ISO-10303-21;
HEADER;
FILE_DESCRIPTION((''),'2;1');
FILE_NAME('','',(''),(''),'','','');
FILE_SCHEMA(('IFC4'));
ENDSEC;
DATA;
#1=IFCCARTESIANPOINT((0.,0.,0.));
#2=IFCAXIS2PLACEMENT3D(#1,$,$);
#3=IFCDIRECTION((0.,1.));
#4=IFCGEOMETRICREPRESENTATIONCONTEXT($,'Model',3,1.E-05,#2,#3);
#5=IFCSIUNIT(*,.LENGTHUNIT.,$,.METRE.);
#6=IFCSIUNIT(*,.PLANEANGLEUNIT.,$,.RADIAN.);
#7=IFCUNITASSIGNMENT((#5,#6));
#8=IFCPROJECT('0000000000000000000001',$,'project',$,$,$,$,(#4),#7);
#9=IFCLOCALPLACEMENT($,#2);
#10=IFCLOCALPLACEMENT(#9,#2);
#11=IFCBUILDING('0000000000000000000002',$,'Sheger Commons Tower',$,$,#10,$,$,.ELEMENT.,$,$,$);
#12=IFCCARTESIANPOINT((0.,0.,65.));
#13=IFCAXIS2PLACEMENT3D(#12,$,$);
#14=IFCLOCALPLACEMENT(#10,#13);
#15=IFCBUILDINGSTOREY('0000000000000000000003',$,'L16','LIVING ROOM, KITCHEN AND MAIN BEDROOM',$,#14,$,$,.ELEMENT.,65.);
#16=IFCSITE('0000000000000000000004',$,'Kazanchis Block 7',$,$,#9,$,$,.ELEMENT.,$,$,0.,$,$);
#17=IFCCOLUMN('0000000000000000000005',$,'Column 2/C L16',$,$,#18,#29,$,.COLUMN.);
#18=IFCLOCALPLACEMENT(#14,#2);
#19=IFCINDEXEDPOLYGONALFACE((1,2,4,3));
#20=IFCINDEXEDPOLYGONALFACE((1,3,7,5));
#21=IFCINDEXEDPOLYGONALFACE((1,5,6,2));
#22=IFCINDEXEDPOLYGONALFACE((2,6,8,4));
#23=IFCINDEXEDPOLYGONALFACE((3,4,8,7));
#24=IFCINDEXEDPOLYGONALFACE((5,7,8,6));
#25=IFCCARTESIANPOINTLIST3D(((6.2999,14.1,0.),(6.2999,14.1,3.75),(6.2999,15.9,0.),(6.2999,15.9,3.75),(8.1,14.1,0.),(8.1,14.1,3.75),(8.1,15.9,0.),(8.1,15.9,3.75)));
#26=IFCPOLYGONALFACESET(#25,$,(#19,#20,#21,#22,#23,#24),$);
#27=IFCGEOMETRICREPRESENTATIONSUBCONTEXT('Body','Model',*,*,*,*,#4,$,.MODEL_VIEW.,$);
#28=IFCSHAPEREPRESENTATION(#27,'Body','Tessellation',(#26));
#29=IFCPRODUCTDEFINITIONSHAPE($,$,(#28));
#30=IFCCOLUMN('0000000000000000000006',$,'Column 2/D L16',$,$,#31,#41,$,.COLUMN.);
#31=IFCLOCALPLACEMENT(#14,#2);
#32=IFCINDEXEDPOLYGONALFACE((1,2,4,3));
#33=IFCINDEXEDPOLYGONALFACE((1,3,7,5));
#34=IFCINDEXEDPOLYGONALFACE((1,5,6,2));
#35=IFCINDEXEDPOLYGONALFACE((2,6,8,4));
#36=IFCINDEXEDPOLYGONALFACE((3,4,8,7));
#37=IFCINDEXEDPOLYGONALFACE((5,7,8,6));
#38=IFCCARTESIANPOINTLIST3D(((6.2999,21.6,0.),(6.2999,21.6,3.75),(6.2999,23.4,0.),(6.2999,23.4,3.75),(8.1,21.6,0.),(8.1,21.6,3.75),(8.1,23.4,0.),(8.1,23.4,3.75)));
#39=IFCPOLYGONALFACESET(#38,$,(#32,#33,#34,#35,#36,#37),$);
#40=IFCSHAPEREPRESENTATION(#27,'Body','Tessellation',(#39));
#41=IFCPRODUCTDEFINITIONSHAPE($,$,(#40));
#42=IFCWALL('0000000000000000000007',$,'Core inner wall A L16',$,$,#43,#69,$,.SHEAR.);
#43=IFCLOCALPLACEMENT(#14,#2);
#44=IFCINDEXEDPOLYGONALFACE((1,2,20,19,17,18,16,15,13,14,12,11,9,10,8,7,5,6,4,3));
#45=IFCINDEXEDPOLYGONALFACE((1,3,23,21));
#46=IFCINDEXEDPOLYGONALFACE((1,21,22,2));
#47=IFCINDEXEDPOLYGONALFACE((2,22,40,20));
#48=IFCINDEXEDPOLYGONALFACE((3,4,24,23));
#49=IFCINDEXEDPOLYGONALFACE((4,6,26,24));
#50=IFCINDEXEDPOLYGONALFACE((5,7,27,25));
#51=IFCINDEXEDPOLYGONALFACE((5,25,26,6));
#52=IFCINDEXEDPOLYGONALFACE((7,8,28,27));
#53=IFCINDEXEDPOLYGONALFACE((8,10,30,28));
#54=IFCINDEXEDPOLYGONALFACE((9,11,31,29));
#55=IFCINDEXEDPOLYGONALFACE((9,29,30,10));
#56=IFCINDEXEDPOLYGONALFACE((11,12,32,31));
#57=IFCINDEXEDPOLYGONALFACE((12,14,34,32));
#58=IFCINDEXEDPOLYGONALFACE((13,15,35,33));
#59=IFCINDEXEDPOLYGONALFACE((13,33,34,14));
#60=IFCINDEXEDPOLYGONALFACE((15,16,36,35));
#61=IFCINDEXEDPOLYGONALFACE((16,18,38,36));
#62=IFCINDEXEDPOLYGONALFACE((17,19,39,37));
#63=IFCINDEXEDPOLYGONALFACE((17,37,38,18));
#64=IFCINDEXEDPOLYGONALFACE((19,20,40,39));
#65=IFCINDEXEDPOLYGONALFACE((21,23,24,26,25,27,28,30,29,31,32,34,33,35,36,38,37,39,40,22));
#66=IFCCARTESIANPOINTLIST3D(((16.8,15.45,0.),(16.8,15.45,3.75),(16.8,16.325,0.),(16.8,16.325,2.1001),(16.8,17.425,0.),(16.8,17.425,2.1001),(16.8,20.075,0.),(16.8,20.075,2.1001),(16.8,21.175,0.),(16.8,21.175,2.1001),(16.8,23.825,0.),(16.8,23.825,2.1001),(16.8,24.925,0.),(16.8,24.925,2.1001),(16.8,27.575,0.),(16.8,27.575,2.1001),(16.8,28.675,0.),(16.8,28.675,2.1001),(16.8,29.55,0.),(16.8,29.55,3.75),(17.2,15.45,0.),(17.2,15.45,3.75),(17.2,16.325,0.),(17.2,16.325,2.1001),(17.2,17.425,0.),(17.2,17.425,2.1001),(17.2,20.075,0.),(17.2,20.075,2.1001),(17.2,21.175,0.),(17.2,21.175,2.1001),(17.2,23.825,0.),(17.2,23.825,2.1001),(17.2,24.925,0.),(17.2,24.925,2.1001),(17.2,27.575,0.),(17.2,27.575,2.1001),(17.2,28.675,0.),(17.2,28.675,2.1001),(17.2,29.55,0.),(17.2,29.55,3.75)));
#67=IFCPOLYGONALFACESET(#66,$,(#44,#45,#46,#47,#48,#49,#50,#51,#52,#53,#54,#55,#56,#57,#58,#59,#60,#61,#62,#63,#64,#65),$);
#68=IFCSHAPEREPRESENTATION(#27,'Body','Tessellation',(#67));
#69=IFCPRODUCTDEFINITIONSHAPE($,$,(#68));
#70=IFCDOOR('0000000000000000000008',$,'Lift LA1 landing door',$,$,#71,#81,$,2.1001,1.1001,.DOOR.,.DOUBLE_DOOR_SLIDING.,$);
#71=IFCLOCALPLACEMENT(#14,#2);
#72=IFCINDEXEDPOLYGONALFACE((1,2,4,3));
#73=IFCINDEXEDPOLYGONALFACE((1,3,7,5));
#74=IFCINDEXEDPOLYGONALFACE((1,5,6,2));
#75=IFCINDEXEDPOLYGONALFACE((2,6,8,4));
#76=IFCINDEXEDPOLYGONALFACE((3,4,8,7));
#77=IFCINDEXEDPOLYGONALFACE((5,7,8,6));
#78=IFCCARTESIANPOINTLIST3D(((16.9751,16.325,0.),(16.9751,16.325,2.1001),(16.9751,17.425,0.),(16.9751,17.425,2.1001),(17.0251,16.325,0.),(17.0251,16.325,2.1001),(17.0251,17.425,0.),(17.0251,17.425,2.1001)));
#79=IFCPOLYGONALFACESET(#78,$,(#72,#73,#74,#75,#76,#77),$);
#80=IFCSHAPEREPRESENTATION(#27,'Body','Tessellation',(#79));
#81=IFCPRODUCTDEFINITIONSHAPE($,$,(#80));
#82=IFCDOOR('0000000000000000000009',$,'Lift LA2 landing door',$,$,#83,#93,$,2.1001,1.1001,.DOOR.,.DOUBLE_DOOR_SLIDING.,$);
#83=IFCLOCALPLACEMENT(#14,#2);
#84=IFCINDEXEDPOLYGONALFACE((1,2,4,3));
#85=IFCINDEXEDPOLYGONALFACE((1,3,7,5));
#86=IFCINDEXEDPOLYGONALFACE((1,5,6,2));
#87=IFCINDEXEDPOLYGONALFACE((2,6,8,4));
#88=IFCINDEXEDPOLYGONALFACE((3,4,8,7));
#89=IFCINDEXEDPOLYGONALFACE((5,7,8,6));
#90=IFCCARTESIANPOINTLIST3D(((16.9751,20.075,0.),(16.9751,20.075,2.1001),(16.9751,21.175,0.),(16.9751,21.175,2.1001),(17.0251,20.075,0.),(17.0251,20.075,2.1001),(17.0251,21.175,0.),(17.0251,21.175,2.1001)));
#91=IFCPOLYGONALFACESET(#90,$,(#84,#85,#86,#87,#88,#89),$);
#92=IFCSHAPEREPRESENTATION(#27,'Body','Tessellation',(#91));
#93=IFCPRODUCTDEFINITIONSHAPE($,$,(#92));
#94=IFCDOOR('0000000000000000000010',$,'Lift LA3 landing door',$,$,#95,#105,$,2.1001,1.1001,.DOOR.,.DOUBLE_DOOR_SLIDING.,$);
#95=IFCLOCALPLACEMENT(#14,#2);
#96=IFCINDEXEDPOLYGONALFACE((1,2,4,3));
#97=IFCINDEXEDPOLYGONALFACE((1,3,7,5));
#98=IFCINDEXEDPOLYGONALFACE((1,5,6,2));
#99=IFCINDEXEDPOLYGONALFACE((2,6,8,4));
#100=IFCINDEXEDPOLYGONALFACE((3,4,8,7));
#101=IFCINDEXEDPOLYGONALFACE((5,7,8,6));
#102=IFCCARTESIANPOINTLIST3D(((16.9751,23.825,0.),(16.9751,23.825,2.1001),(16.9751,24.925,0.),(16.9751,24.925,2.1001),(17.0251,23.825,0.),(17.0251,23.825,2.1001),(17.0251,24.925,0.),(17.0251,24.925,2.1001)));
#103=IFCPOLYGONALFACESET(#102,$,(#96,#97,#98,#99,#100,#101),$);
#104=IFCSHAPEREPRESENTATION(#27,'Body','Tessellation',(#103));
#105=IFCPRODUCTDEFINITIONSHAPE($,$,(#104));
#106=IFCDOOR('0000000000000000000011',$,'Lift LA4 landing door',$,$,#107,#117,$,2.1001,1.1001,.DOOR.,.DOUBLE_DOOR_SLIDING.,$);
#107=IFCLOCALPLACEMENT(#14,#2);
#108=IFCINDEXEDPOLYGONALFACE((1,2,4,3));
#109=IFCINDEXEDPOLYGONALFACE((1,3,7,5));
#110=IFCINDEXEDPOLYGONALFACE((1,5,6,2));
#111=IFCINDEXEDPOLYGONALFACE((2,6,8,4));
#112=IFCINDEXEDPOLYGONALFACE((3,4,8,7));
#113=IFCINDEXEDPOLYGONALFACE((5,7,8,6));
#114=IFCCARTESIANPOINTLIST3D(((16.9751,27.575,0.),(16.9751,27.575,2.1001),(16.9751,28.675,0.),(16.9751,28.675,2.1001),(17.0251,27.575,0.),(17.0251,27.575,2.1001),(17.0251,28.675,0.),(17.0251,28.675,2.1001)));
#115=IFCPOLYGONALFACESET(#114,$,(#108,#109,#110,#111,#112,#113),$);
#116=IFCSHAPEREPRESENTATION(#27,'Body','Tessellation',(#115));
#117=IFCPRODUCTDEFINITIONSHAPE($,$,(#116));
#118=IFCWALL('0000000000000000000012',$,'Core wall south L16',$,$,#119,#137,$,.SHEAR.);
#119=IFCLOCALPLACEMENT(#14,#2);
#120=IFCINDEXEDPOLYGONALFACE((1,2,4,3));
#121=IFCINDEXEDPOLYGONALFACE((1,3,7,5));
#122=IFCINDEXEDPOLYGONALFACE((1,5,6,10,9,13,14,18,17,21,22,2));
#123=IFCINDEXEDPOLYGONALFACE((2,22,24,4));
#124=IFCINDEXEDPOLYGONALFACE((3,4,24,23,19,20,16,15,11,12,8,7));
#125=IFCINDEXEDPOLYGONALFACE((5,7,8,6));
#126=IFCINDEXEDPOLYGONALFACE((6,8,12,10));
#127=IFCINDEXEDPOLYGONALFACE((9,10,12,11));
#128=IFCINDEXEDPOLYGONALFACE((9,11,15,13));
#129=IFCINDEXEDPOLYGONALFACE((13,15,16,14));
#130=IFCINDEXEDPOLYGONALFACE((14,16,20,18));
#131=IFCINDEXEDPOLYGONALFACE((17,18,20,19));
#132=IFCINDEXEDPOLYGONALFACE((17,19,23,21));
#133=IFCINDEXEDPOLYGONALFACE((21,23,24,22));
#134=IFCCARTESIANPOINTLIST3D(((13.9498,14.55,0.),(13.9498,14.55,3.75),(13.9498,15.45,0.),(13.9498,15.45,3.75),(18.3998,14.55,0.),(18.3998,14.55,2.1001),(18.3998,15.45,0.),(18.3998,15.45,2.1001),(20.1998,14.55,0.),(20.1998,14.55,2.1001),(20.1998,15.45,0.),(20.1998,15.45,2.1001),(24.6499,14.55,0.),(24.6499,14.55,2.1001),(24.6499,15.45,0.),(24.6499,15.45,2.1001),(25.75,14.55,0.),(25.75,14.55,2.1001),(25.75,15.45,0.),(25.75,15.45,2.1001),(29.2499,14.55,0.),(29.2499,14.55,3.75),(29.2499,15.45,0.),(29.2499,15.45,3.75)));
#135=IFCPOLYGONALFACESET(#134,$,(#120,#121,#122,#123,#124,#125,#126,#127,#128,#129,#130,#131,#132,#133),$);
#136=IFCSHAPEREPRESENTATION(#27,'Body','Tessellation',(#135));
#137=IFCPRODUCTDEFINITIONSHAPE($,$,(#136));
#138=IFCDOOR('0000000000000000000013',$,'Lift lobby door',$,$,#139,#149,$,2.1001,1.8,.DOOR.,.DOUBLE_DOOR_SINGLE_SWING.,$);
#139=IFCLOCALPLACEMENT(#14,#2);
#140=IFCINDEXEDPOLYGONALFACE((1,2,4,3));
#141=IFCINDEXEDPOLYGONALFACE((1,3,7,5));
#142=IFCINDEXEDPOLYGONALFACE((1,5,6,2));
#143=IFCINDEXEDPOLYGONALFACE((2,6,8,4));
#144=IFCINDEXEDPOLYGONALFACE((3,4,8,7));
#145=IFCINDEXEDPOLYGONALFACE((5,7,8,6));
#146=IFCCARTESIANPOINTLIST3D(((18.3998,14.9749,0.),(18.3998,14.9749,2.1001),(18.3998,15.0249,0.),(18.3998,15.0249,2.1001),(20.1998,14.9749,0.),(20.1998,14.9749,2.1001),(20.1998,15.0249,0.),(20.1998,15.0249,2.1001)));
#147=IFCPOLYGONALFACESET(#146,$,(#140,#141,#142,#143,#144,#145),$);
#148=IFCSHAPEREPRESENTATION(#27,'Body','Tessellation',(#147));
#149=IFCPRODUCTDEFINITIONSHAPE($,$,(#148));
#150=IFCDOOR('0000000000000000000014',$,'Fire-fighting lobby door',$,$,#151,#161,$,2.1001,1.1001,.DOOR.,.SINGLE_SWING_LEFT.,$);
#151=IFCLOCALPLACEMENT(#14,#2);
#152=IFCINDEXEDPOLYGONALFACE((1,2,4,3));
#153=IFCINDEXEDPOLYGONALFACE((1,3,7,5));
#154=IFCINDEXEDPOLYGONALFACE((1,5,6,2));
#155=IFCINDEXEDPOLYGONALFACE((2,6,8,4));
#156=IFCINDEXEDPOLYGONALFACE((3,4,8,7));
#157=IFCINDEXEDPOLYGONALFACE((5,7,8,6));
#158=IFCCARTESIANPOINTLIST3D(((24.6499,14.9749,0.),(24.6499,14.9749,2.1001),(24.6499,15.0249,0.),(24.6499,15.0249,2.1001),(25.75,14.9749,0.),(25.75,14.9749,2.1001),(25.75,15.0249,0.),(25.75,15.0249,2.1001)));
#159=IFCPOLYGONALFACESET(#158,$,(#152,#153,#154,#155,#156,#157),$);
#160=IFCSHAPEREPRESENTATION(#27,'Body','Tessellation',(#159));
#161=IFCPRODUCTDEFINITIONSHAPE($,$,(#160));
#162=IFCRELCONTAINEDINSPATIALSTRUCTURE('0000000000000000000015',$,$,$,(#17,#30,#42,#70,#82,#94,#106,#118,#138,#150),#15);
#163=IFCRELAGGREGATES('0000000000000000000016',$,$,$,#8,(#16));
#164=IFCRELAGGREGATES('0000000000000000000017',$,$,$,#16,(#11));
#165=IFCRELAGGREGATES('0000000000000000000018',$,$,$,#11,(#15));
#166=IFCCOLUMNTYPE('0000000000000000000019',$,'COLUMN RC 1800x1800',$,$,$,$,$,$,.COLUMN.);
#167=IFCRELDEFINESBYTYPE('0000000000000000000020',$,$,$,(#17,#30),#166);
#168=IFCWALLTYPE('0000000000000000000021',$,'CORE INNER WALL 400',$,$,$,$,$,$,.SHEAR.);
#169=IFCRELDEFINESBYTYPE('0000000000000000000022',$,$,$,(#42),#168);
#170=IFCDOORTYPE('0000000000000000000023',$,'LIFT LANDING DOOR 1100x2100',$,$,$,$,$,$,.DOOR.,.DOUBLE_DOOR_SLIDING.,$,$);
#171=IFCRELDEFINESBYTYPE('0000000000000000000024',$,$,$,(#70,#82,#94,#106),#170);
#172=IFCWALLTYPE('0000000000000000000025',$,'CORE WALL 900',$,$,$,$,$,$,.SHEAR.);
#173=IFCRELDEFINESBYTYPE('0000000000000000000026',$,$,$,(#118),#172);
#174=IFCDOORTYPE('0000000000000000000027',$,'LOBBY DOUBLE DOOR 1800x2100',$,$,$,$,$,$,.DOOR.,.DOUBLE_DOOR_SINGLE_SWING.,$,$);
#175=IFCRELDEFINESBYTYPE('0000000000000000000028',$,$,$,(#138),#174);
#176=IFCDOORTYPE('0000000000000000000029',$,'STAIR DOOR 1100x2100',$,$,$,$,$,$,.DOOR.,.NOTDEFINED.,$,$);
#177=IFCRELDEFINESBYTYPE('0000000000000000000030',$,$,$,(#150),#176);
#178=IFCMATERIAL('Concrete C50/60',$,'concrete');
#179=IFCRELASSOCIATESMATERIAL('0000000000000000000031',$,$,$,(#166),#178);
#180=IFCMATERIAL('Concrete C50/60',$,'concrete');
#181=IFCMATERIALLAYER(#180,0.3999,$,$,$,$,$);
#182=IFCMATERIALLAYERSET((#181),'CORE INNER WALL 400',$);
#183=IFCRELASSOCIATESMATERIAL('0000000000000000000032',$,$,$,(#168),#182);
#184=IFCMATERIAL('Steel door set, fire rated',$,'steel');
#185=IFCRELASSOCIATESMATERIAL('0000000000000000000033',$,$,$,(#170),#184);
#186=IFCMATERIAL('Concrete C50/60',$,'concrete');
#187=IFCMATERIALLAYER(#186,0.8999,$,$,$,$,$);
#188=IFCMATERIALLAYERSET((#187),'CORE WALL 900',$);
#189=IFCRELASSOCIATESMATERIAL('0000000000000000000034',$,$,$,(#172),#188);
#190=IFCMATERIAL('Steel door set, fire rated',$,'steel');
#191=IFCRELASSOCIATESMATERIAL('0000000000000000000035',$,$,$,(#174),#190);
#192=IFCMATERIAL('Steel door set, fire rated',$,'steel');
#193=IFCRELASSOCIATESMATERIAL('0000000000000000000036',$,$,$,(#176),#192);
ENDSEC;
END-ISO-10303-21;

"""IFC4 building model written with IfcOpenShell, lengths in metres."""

from ifc_helpers import new_model, si_unit, direction, frame, frame_2d, origin, origin_2d, place, context, subcontext, project, spatial, rectangle, extrude, material, layer, layer_set, material_profile, profile_set, type_object, element, fill, save


model = new_model("IFC4")

# Units and contexts
model_context = context("Model", 3, precision=1e-05, world=origin(), true_north=direction((0.0, 1.0)))
body_context = subcontext(model_context, "Body", "Model", "MODEL_VIEW")
ifc_project = project(units=[si_unit("LENGTHUNIT", "METRE"), si_unit("PLANEANGLEUNIT", "RADIAN")], contexts=[model_context])

# Site, building, storey
site_placement = place(None, origin())
site = spatial("IfcSite", under=ifc_project, at=site_placement, Name="Kazanchis Block 7", CompositionType="ELEMENT", RefElevation=0.0)
building_placement = place(site_placement, origin())
building = spatial("IfcBuilding", under=site, at=building_placement, Name="Sheger Commons Tower", CompositionType="ELEMENT")
storey_placement = place(building_placement, frame((0.0, 0.0, 65.0)))
storey = spatial("IfcBuildingStorey", under=building, at=storey_placement, Name="L16", Description="LIVING ROOM, KITCHEN AND MAIN BEDROOM", CompositionType="ELEMENT", Elevation=65.0)

# Columns
ifc_material_1 = material(Name="Concrete C50/60", Category="concrete")
ifc_material_profile = material_profile(ifc_material_1, rectangle(XDim=1.8, YDim=1.8, at=origin_2d()), Name="RC 1800x1800")
ifc_profile_set = profile_set([ifc_material_profile], Name="Concrete C50/60")
column_type = type_object("IfcColumnType", Name="COLUMN RC 1800x1800", PredefinedType="COLUMN", material=ifc_profile_set)
for number, where, z_axis, x_axis, name in (
    (1, (7.2, 15.0, 0.0), (0.0, 0.0, 1.0), (1.0, 0.0, 0.0), "Column 2/C L16"),
    (2, (7.2, 22.5, 0.0), (0.0, 0.0, 1.0), (1.0, 0.0, 0.0), "Column 2/D L16"),
):
    element("IfcColumn", number, at=place(storey_placement, frame(where, z_axis=z_axis, x_axis=x_axis)), inside=storey, type_object=column_type, Name=name, PredefinedType="COLUMN", context=body_context, shape_type="SweptSolid", body=[
        extrude(rectangle(XDim=1.8, YDim=1.8, at=origin_2d()), origin(), (0.0, 0.0, 1.0), 3.75),
    ])

# Walls, openings, doors
ifc_material_2 = material(Name="Concrete C50/60", Category="concrete")
ifc_layer_1 = layer(ifc_material_2, 0.3999)
ifc_layer_set_1 = layer_set([ifc_layer_1], Name="CORE INNER WALL 400")
wall_type_1 = type_object("IfcWallType", Name="CORE INNER WALL 400", PredefinedType="SHEAR", material=ifc_layer_set_1)
wall_1_placement = place(storey_placement, frame((17.0, 15.45, 0.0), z_axis=(0.0, 0.0, 1.0), x_axis=(0.0, 1.0, 0.0)))
wall_1 = element("IfcWall", 3, at=wall_1_placement, inside=storey, type_object=wall_type_1, Name="Core inner wall A L16", PredefinedType="SHEAR", context=body_context, shape_type="SweptSolid", body=[
    extrude(rectangle(XDim=14.1001, YDim=0.3999, at=frame_2d((7.05, 0.0))), origin(), (0.0, 0.0, 1.0), 3.75),
])
opening_1_placement = place(wall_1_placement, frame((0.875, 0.0, 0.0)))
opening_1 = element("IfcOpeningElement", 4, at=opening_1_placement, cuts=wall_1, PredefinedType="OPENING", context=body_context, shape_type="SweptSolid", body=[
    extrude(rectangle(XDim=1.1001, YDim=2.1001, at=frame_2d((0.55, 1.05))), frame((0.0, 0.21, 0.0), z_axis=(0.0, -1.0, 0.0), x_axis=(1.0, 0.0, 0.0)), (0.0, 0.0, 1.0), 0.4199),
])
opening_2_placement = place(wall_1_placement, frame((4.625, 0.0, 0.0)))
opening_2 = element("IfcOpeningElement", 5, at=opening_2_placement, cuts=wall_1, PredefinedType="OPENING", context=body_context, shape_type="SweptSolid", body=[
    extrude(rectangle(XDim=1.1001, YDim=2.1001, at=frame_2d((0.55, 1.05))), frame((0.0, 0.21, 0.0), z_axis=(0.0, -1.0, 0.0), x_axis=(1.0, 0.0, 0.0)), (0.0, 0.0, 1.0), 0.4199),
])
opening_3_placement = place(wall_1_placement, frame((8.375, 0.0, 0.0)))
opening_3 = element("IfcOpeningElement", 6, at=opening_3_placement, cuts=wall_1, PredefinedType="OPENING", context=body_context, shape_type="SweptSolid", body=[
    extrude(rectangle(XDim=1.1001, YDim=2.1001, at=frame_2d((0.55, 1.05))), frame((0.0, 0.21, 0.0), z_axis=(0.0, -1.0, 0.0), x_axis=(1.0, 0.0, 0.0)), (0.0, 0.0, 1.0), 0.4199),
])
opening_4_placement = place(wall_1_placement, frame((12.125, 0.0, 0.0)))
opening_4 = element("IfcOpeningElement", 7, at=opening_4_placement, cuts=wall_1, PredefinedType="OPENING", context=body_context, shape_type="SweptSolid", body=[
    extrude(rectangle(XDim=1.1001, YDim=2.1001, at=frame_2d((0.55, 1.05))), frame((0.0, 0.21, 0.0), z_axis=(0.0, -1.0, 0.0), x_axis=(1.0, 0.0, 0.0)), (0.0, 0.0, 1.0), 0.4199),
])
ifc_material_3 = material(Name="Steel door set, fire rated", Category="steel")
door_type_1 = type_object("IfcDoorType", Name="LIFT LANDING DOOR 1100x2100", OperationType="DOUBLE_DOOR_SLIDING", PredefinedType="DOOR", material=ifc_material_3)
door_1_placement = place(opening_1_placement, origin())
door_1 = element("IfcDoor", 8, at=door_1_placement, inside=storey, type_object=door_type_1, Name="Lift LA1 landing door", OperationType="DOUBLE_DOOR_SLIDING", OverallHeight=2.1001, OverallWidth=1.1001, PredefinedType="DOOR", context=body_context, shape_type="SweptSolid", body=[
    extrude(rectangle(XDim=1.1001, YDim=2.1001, at=frame_2d((0.55, 1.05))), frame((0.0, 0.0249, 0.0), z_axis=(0.0, -1.0, 0.0), x_axis=(1.0, 0.0, 0.0)), (0.0, 0.0, 1.0), 0.05),
])
fill(opening_1, door_1)
door_2_placement = place(opening_2_placement, origin())
door_2 = element("IfcDoor", 9, at=door_2_placement, inside=storey, type_object=door_type_1, Name="Lift LA2 landing door", OperationType="DOUBLE_DOOR_SLIDING", OverallHeight=2.1001, OverallWidth=1.1001, PredefinedType="DOOR", context=body_context, shape_type="SweptSolid", body=[
    extrude(rectangle(XDim=1.1001, YDim=2.1001, at=frame_2d((0.55, 1.05))), frame((0.0, 0.0249, 0.0), z_axis=(0.0, -1.0, 0.0), x_axis=(1.0, 0.0, 0.0)), (0.0, 0.0, 1.0), 0.05),
])
fill(opening_2, door_2)
door_3_placement = place(opening_3_placement, origin())
door_3 = element("IfcDoor", 10, at=door_3_placement, inside=storey, type_object=door_type_1, Name="Lift LA3 landing door", OperationType="DOUBLE_DOOR_SLIDING", OverallHeight=2.1001, OverallWidth=1.1001, PredefinedType="DOOR", context=body_context, shape_type="SweptSolid", body=[
    extrude(rectangle(XDim=1.1001, YDim=2.1001, at=frame_2d((0.55, 1.05))), frame((0.0, 0.0249, 0.0), z_axis=(0.0, -1.0, 0.0), x_axis=(1.0, 0.0, 0.0)), (0.0, 0.0, 1.0), 0.05),
])
fill(opening_3, door_3)
door_4_placement = place(opening_4_placement, origin())
door_4 = element("IfcDoor", 11, at=door_4_placement, inside=storey, type_object=door_type_1, Name="Lift LA4 landing door", OperationType="DOUBLE_DOOR_SLIDING", OverallHeight=2.1001, OverallWidth=1.1001, PredefinedType="DOOR", context=body_context, shape_type="SweptSolid", body=[
    extrude(rectangle(XDim=1.1001, YDim=2.1001, at=frame_2d((0.55, 1.05))), frame((0.0, 0.0249, 0.0), z_axis=(0.0, -1.0, 0.0), x_axis=(1.0, 0.0, 0.0)), (0.0, 0.0, 1.0), 0.05),
])
fill(opening_4, door_4)
ifc_material_4 = material(Name="Concrete C50/60", Category="concrete")
ifc_layer_2 = layer(ifc_material_4, 0.8999)
ifc_layer_set_2 = layer_set([ifc_layer_2], Name="CORE WALL 900")
wall_type_2 = type_object("IfcWallType", Name="CORE WALL 900", PredefinedType="SHEAR", material=ifc_layer_set_2)
wall_2_placement = place(storey_placement, frame((13.95, 15.0, 0.0), z_axis=(0.0, 0.0, 1.0), x_axis=(1.0, 0.0, 0.0)))
wall_2 = element("IfcWall", 12, at=wall_2_placement, inside=storey, type_object=wall_type_2, Name="Core wall south L16", PredefinedType="SHEAR", context=body_context, shape_type="SweptSolid", body=[
    extrude(rectangle(XDim=15.3, YDim=0.8999, at=frame_2d((7.6499, 0.0))), origin(), (0.0, 0.0, 1.0), 3.75),
])
opening_5_placement = place(wall_2_placement, frame((4.45, 0.0, 0.0)))
opening_5 = element("IfcOpeningElement", 13, at=opening_5_placement, cuts=wall_2, PredefinedType="OPENING", context=body_context, shape_type="SweptSolid", body=[
    extrude(rectangle(XDim=1.8, YDim=2.1001, at=frame_2d((0.8999, 1.05))), frame((0.0, 0.46, 0.0), z_axis=(0.0, -1.0, 0.0), x_axis=(1.0, 0.0, 0.0)), (0.0, 0.0, 1.0), 0.9199),
])
opening_6_placement = place(wall_2_placement, frame((10.7, 0.0, 0.0)))
opening_6 = element("IfcOpeningElement", 14, at=opening_6_placement, cuts=wall_2, PredefinedType="OPENING", context=body_context, shape_type="SweptSolid", body=[
    extrude(rectangle(XDim=1.1001, YDim=2.1001, at=frame_2d((0.55, 1.05))), frame((0.0, 0.46, 0.0), z_axis=(0.0, -1.0, 0.0), x_axis=(1.0, 0.0, 0.0)), (0.0, 0.0, 1.0), 0.9199),
])
ifc_material_5 = material(Name="Steel door set, fire rated", Category="steel")
door_type_2 = type_object("IfcDoorType", Name="LOBBY DOUBLE DOOR 1800x2100", OperationType="DOUBLE_DOOR_SINGLE_SWING", PredefinedType="DOOR", material=ifc_material_5)
door_5_placement = place(opening_5_placement, origin())
door_5 = element("IfcDoor", 15, at=door_5_placement, inside=storey, type_object=door_type_2, Name="Lift lobby door", OperationType="DOUBLE_DOOR_SINGLE_SWING", OverallHeight=2.1001, OverallWidth=1.8, PredefinedType="DOOR", context=body_context, shape_type="SweptSolid", body=[
    extrude(rectangle(XDim=1.8, YDim=2.1001, at=frame_2d((0.8999, 1.05))), frame((0.0, 0.0249, 0.0), z_axis=(0.0, -1.0, 0.0), x_axis=(1.0, 0.0, 0.0)), (0.0, 0.0, 1.0), 0.05),
])
fill(opening_5, door_5)
ifc_material_6 = material(Name="Steel door set, fire rated", Category="steel")
door_type_3 = type_object("IfcDoorType", Name="STAIR DOOR 1100x2100", OperationType="NOTDEFINED", PredefinedType="DOOR", material=ifc_material_6)
door_6_placement = place(opening_6_placement, origin())
door_6 = element("IfcDoor", 16, at=door_6_placement, inside=storey, type_object=door_type_3, Name="Fire-fighting lobby door", OperationType="SINGLE_SWING_LEFT", OverallHeight=2.1001, OverallWidth=1.1001, PredefinedType="DOOR", context=body_context, shape_type="SweptSolid", body=[
    extrude(rectangle(XDim=1.1001, YDim=2.1001, at=frame_2d((0.55, 1.05))), frame((0.0, 0.0249, 0.0), z_axis=(0.0, -1.0, 0.0), x_axis=(1.0, 0.0, 0.0)), (0.0, 0.0, 1.0), 0.05),
])
fill(opening_6, door_6)

save(model, "model.ifc")
